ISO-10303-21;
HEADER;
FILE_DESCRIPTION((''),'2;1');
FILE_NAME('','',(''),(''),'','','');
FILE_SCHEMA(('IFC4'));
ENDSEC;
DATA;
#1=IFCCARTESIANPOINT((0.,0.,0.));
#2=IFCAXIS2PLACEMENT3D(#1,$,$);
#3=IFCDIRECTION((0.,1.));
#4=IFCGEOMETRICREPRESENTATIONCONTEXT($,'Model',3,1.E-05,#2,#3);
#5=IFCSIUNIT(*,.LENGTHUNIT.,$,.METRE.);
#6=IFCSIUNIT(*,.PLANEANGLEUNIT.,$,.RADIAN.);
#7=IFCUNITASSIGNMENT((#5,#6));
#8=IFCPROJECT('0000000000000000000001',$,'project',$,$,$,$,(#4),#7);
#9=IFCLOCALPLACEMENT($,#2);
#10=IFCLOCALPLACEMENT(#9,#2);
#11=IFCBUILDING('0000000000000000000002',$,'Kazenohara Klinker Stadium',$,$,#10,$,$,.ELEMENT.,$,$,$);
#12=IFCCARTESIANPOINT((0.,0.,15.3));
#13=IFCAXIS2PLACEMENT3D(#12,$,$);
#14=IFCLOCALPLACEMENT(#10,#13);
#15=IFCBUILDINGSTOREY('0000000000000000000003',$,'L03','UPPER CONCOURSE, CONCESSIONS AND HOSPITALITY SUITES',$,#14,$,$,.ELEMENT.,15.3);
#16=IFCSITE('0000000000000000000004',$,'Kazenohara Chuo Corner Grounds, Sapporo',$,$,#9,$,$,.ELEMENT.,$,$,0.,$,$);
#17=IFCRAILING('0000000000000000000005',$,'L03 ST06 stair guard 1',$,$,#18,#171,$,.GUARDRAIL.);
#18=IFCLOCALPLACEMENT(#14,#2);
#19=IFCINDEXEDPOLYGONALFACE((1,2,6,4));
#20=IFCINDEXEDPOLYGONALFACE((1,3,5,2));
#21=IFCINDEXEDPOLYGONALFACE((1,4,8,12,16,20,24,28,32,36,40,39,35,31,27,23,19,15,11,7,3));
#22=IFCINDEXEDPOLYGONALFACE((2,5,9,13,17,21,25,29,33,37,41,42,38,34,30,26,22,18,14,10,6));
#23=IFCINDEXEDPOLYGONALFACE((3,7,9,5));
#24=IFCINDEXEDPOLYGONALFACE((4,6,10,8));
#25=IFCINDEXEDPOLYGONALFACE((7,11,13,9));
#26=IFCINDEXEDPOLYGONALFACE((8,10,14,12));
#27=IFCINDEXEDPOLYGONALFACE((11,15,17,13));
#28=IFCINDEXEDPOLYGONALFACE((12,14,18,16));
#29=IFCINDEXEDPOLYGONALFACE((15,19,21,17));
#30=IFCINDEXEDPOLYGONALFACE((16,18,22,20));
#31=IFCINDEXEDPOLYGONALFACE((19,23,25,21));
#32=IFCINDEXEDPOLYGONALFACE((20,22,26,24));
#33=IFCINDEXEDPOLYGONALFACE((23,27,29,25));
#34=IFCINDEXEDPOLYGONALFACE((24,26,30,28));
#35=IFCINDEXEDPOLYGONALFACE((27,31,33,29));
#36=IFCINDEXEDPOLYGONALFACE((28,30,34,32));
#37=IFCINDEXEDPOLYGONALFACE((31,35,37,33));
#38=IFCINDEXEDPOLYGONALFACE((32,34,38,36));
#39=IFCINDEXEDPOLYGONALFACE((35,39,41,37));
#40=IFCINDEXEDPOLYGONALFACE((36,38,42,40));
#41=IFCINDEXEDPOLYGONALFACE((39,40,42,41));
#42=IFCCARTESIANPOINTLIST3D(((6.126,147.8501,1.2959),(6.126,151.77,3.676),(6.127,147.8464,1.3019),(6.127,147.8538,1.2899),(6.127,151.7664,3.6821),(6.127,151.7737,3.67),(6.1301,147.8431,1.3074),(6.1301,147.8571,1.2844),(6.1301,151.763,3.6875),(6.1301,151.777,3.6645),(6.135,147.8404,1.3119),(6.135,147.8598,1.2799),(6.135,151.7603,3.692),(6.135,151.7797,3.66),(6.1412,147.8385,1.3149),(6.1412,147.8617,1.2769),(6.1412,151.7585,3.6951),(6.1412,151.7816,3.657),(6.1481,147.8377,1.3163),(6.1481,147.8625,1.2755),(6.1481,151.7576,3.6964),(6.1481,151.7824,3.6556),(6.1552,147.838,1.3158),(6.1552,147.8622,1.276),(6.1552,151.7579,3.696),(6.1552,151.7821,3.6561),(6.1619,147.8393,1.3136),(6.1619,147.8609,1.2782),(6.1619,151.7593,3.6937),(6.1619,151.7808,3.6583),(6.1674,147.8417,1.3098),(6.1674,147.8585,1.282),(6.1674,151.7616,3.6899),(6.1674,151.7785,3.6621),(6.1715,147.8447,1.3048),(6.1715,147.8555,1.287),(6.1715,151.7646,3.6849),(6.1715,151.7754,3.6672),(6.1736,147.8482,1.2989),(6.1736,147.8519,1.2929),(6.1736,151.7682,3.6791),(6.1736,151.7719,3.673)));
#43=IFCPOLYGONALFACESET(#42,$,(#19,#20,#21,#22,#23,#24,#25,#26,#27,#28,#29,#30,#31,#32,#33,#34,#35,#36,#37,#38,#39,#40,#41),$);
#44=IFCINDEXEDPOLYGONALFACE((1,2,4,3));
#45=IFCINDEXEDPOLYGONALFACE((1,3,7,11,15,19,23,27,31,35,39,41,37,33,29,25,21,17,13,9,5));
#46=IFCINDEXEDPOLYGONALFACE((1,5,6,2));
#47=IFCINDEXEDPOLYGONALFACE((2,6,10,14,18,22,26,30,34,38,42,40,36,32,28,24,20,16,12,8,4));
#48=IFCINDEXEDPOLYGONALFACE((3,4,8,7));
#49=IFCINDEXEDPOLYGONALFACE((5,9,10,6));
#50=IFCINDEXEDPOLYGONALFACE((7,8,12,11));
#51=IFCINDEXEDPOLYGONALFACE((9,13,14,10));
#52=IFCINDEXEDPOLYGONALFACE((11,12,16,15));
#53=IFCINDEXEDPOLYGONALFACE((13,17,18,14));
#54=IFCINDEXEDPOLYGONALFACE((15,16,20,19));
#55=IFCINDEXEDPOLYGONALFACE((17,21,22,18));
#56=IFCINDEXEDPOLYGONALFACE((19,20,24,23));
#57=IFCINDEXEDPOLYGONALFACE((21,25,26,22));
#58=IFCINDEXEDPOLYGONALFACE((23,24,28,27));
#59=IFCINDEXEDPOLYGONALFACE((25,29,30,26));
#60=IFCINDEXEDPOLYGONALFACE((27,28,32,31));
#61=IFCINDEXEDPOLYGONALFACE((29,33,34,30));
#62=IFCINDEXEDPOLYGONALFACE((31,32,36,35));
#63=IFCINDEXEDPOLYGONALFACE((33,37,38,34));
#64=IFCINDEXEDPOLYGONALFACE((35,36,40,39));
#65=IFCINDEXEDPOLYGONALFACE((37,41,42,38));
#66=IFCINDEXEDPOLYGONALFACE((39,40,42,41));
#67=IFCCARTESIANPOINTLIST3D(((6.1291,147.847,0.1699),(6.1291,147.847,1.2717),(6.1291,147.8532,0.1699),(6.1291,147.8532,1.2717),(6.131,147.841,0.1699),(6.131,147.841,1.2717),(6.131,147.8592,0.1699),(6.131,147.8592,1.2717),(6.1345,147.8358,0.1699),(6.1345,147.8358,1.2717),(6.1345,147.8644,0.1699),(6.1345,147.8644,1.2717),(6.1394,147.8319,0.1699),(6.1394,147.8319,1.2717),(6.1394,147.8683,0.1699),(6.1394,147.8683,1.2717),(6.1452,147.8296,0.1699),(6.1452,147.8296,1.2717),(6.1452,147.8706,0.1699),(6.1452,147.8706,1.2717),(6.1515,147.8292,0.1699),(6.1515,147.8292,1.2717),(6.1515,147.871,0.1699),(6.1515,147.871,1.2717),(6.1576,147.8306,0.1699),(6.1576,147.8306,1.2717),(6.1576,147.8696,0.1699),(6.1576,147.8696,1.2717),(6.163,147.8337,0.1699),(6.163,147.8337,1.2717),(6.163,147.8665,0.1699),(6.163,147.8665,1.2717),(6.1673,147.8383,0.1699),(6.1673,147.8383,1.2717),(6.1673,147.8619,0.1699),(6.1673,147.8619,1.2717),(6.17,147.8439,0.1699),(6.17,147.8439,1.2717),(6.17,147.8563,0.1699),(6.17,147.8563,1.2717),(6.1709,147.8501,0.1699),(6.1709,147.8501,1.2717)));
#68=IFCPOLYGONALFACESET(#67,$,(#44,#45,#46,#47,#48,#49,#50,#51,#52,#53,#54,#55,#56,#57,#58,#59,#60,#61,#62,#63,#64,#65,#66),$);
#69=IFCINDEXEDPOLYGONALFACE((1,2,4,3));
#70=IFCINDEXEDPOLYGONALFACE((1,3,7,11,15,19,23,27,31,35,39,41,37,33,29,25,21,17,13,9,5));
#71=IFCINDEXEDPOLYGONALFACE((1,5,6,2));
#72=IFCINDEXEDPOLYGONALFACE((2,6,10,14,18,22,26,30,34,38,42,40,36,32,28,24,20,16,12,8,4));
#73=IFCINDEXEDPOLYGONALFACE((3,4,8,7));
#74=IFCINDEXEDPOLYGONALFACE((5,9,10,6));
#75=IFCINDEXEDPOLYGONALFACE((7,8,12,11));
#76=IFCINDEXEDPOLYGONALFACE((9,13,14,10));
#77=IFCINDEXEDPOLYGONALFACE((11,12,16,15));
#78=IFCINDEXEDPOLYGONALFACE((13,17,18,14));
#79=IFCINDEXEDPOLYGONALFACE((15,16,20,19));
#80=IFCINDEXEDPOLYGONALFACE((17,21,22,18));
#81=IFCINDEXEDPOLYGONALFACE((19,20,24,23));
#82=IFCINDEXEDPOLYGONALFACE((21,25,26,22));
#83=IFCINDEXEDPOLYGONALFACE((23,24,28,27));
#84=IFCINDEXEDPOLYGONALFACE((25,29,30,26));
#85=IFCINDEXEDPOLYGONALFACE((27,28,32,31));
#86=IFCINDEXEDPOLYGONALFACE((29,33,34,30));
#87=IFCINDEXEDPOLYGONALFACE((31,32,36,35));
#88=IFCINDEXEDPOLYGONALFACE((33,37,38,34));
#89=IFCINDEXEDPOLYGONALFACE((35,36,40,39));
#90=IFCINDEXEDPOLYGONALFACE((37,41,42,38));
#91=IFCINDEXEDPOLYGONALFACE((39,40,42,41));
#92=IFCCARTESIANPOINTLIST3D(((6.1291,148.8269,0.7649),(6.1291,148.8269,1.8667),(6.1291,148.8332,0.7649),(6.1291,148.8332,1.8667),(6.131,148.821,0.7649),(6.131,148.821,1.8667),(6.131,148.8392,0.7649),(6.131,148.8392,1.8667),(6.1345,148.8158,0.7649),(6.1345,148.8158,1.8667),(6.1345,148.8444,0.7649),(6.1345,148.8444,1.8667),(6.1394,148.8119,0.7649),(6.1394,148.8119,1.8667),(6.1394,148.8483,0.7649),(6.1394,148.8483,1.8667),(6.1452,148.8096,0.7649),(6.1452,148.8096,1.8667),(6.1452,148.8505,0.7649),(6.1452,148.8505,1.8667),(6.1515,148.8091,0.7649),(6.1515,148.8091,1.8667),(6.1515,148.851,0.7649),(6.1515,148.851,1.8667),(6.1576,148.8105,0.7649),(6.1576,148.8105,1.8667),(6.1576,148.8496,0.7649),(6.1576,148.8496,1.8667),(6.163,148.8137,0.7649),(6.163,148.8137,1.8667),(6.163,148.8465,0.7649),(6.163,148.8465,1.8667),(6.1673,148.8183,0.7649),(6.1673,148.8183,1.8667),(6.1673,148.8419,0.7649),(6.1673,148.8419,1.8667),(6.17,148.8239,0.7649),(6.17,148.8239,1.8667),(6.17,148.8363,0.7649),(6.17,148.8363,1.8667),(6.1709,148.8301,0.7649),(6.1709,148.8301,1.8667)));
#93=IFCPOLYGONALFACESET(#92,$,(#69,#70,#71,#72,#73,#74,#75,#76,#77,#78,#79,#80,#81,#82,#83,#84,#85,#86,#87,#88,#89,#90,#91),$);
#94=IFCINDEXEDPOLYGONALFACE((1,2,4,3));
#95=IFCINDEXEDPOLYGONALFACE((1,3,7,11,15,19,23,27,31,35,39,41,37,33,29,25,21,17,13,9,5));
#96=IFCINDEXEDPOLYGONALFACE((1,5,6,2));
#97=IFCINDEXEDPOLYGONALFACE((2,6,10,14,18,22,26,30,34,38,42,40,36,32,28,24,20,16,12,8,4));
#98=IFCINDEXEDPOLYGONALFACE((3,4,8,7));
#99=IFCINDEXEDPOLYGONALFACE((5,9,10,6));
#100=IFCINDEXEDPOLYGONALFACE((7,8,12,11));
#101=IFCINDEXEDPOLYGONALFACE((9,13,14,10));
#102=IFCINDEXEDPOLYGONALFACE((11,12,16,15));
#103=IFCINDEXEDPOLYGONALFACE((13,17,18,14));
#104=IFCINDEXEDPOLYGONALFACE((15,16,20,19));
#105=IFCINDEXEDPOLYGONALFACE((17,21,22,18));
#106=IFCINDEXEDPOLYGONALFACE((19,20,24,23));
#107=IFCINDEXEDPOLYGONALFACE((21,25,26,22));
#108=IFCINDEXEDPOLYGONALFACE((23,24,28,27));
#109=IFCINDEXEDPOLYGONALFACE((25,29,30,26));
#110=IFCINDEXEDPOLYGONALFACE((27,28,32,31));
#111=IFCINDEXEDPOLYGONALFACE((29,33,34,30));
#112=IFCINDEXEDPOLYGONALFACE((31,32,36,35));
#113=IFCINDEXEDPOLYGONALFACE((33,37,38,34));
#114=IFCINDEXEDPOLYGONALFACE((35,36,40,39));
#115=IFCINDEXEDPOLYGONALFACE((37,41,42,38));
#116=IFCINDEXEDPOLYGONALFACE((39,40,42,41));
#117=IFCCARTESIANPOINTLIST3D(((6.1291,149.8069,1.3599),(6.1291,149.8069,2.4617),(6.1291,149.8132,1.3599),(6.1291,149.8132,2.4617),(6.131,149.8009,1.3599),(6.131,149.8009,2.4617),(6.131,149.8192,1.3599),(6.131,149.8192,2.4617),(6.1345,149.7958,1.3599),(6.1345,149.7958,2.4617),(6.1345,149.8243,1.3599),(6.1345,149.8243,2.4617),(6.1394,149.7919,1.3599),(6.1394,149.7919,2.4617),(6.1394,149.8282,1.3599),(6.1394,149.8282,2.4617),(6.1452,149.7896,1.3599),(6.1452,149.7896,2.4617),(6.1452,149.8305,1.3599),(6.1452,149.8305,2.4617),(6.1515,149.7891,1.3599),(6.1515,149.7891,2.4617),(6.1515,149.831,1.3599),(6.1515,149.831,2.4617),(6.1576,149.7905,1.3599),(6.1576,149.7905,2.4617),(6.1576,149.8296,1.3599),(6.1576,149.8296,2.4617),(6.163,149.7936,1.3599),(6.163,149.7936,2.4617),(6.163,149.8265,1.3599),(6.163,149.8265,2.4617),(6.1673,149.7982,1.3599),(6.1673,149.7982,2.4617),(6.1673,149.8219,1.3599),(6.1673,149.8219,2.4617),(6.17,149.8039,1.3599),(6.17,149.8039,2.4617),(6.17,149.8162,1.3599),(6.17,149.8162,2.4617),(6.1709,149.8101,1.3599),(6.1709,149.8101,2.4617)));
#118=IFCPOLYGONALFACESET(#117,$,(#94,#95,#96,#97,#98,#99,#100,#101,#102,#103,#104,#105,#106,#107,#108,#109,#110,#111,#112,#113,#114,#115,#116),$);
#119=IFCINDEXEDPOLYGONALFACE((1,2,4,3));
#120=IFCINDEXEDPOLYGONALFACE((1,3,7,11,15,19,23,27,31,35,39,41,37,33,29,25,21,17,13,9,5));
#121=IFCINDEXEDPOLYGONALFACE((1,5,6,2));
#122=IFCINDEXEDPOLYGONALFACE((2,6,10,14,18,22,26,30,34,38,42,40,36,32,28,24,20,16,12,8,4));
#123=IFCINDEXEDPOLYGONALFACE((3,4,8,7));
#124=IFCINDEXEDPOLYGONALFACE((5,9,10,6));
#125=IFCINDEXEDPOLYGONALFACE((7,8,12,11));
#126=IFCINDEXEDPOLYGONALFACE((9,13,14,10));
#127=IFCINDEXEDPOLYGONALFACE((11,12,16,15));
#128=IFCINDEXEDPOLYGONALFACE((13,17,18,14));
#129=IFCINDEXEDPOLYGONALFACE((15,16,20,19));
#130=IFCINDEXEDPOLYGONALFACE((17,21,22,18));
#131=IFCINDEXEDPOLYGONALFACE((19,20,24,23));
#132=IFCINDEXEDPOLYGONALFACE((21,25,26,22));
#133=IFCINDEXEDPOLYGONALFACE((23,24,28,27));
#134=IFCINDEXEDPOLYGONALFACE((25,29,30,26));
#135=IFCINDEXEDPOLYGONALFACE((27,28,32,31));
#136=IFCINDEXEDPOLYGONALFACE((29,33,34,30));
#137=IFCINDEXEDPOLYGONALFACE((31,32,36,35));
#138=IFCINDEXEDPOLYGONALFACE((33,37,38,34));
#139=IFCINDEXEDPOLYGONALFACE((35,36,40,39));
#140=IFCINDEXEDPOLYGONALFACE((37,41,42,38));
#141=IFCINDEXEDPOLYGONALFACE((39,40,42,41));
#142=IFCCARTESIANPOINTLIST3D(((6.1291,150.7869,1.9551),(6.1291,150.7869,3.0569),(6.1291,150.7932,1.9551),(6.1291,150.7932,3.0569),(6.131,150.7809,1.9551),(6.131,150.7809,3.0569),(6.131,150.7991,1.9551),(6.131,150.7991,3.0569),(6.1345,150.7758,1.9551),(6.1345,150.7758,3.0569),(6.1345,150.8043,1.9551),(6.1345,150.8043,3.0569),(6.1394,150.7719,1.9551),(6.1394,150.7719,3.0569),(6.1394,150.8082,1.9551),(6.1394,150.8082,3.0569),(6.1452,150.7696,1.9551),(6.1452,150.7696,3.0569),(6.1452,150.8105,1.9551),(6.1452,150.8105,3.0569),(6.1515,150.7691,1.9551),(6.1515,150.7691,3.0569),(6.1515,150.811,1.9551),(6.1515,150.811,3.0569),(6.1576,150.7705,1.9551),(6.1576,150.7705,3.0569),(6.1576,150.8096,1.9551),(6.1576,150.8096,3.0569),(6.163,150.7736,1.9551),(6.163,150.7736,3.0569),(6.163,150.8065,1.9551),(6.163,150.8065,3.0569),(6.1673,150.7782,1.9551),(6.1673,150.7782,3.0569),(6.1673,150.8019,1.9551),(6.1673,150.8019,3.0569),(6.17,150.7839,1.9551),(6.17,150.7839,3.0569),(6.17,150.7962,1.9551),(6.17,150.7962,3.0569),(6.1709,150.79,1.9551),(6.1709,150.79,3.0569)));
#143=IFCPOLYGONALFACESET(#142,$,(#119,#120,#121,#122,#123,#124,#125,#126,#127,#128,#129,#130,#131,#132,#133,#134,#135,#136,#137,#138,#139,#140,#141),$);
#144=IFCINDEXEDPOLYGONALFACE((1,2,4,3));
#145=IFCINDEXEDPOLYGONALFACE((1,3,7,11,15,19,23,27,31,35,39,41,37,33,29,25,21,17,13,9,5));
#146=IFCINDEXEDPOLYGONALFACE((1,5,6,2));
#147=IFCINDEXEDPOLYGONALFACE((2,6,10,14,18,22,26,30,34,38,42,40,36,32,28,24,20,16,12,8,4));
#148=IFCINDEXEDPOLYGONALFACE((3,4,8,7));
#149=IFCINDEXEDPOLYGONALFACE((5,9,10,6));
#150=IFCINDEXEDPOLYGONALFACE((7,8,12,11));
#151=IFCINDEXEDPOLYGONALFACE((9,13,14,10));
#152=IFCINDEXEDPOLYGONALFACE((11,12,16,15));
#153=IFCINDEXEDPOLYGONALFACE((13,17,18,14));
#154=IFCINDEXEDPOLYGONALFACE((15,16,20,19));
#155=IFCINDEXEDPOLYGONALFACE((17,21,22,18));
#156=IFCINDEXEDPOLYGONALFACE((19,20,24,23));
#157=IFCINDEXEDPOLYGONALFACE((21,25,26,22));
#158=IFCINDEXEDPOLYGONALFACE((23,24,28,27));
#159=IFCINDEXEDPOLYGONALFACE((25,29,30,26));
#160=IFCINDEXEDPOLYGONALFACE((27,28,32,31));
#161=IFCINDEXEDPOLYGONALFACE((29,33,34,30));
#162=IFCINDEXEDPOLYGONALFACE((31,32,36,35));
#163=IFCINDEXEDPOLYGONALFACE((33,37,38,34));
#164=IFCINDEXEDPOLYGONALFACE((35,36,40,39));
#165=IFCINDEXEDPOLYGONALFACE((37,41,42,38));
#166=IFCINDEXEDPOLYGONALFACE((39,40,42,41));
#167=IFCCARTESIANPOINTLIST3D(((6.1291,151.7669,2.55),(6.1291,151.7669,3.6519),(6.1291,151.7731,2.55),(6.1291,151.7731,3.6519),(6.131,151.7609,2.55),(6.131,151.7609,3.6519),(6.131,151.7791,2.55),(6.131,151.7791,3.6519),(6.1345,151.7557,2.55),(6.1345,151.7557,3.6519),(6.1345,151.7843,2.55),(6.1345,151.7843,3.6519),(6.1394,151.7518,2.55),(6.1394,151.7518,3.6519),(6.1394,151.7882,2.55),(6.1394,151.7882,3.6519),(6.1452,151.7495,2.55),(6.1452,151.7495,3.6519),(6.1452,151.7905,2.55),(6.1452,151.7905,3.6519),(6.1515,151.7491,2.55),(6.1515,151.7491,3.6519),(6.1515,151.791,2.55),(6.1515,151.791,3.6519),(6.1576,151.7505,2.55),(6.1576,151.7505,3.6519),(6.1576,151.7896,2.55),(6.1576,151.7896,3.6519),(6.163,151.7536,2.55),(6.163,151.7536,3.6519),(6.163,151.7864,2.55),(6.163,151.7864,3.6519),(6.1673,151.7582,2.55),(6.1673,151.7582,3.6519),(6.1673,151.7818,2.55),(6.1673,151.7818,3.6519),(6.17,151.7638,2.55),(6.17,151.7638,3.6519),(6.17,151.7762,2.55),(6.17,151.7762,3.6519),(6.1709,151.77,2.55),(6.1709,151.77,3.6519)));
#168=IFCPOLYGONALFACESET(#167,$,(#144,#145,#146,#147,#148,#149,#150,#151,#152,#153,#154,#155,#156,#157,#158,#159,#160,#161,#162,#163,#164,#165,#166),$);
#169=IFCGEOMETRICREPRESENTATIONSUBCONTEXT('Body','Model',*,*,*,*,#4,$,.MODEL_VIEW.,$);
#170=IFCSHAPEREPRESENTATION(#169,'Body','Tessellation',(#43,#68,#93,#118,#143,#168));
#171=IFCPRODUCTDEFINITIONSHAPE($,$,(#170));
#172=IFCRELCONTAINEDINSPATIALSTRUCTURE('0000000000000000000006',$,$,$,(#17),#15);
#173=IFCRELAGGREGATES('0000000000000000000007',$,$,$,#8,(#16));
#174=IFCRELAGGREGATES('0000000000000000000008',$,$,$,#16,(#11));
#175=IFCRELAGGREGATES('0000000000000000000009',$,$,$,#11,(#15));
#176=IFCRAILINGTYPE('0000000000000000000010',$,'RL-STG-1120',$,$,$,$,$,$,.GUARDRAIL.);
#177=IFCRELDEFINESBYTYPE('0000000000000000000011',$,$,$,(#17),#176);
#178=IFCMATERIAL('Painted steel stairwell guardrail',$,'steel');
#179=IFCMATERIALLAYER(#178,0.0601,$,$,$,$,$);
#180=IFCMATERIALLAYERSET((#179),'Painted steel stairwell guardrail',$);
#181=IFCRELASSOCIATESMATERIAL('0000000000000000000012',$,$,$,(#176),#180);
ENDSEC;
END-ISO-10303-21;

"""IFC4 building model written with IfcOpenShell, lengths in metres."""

from ifc_helpers import new_model, si_unit, direction, frame, origin, origin_2d, place, context, subcontext, project, spatial, circle, extrude, material, layer, layer_set, type_object, element, save


model = new_model("IFC4")

# Units and contexts
model_context = context("Model", 3, precision=1e-05, world=origin(), true_north=direction((0.0, 1.0)))
body_context = subcontext(model_context, "Body", "Model", "MODEL_VIEW")
ifc_project = project(units=[si_unit("LENGTHUNIT", "METRE"), si_unit("PLANEANGLEUNIT", "RADIAN")], contexts=[model_context])

# Site, building, storey
site_placement = place(None, origin())
site = spatial("IfcSite", under=ifc_project, at=site_placement, Name="Kazenohara Chuo Corner Grounds, Sapporo", CompositionType="ELEMENT", RefElevation=0.0)
building_placement = place(site_placement, origin())
building = spatial("IfcBuilding", under=site, at=building_placement, Name="Kazenohara Klinker Stadium", CompositionType="ELEMENT")
storey_placement = place(building_placement, frame((0.0, 0.0, 15.3)))
storey = spatial("IfcBuildingStorey", under=building, at=storey_placement, Name="L03", Description="UPPER CONCOURSE, CONCESSIONS AND HOSPITALITY SUITES", CompositionType="ELEMENT", Elevation=15.3)

# Railing
ifc_material_1 = material(Name="Painted steel stairwell guardrail", Category="steel")
ifc_layer_1 = layer(ifc_material_1, 0.0601)
ifc_layer_set_1 = layer_set([ifc_layer_1], Name="Painted steel stairwell guardrail")
railing_type_1 = type_object("IfcRailingType", Name="RL-STG-1120", PredefinedType="GUARDRAIL", material=ifc_layer_set_1)
railing_1_placement = place(storey_placement, frame((6.1499, 147.8501, 0.1699)))
element("IfcRailing", 1, at=railing_1_placement, inside=storey, type_object=railing_type_1, Name="L03 ST06 stair guard 1", PredefinedType="GUARDRAIL", context=body_context, shape_type="SweptSolid", body=[
    extrude(circle(Radius=0.0239, at=origin_2d()), frame((0.0, 0.0, 1.126), z_axis=(0.0, 0.854771, 0.519006), x_axis=(-1.0, 0.0, 0.0)), (0.0, 0.0, 1.0), 4.5859),
    extrude(circle(Radius=0.021, at=origin_2d()), origin(), (0.0, 0.0, 1.0), 1.1018),
    extrude(circle(Radius=0.021, at=origin_2d()), frame((0.0, 0.98, 0.595)), (0.0, 0.0, 1.0), 1.1018),
    extrude(circle(Radius=0.021, at=origin_2d()), frame((0.0, 1.96, 1.1899)), (0.0, 0.0, 1.0), 1.1018),
    extrude(circle(Radius=0.021, at=origin_2d()), frame((0.0, 2.9399, 1.7852)), (0.0, 0.0, 1.0), 1.1018),
    extrude(circle(Radius=0.021, at=origin_2d()), frame((0.0, 3.9199, 2.3801)), (0.0, 0.0, 1.0), 1.1018),
])

save(model, "model.ifc")
